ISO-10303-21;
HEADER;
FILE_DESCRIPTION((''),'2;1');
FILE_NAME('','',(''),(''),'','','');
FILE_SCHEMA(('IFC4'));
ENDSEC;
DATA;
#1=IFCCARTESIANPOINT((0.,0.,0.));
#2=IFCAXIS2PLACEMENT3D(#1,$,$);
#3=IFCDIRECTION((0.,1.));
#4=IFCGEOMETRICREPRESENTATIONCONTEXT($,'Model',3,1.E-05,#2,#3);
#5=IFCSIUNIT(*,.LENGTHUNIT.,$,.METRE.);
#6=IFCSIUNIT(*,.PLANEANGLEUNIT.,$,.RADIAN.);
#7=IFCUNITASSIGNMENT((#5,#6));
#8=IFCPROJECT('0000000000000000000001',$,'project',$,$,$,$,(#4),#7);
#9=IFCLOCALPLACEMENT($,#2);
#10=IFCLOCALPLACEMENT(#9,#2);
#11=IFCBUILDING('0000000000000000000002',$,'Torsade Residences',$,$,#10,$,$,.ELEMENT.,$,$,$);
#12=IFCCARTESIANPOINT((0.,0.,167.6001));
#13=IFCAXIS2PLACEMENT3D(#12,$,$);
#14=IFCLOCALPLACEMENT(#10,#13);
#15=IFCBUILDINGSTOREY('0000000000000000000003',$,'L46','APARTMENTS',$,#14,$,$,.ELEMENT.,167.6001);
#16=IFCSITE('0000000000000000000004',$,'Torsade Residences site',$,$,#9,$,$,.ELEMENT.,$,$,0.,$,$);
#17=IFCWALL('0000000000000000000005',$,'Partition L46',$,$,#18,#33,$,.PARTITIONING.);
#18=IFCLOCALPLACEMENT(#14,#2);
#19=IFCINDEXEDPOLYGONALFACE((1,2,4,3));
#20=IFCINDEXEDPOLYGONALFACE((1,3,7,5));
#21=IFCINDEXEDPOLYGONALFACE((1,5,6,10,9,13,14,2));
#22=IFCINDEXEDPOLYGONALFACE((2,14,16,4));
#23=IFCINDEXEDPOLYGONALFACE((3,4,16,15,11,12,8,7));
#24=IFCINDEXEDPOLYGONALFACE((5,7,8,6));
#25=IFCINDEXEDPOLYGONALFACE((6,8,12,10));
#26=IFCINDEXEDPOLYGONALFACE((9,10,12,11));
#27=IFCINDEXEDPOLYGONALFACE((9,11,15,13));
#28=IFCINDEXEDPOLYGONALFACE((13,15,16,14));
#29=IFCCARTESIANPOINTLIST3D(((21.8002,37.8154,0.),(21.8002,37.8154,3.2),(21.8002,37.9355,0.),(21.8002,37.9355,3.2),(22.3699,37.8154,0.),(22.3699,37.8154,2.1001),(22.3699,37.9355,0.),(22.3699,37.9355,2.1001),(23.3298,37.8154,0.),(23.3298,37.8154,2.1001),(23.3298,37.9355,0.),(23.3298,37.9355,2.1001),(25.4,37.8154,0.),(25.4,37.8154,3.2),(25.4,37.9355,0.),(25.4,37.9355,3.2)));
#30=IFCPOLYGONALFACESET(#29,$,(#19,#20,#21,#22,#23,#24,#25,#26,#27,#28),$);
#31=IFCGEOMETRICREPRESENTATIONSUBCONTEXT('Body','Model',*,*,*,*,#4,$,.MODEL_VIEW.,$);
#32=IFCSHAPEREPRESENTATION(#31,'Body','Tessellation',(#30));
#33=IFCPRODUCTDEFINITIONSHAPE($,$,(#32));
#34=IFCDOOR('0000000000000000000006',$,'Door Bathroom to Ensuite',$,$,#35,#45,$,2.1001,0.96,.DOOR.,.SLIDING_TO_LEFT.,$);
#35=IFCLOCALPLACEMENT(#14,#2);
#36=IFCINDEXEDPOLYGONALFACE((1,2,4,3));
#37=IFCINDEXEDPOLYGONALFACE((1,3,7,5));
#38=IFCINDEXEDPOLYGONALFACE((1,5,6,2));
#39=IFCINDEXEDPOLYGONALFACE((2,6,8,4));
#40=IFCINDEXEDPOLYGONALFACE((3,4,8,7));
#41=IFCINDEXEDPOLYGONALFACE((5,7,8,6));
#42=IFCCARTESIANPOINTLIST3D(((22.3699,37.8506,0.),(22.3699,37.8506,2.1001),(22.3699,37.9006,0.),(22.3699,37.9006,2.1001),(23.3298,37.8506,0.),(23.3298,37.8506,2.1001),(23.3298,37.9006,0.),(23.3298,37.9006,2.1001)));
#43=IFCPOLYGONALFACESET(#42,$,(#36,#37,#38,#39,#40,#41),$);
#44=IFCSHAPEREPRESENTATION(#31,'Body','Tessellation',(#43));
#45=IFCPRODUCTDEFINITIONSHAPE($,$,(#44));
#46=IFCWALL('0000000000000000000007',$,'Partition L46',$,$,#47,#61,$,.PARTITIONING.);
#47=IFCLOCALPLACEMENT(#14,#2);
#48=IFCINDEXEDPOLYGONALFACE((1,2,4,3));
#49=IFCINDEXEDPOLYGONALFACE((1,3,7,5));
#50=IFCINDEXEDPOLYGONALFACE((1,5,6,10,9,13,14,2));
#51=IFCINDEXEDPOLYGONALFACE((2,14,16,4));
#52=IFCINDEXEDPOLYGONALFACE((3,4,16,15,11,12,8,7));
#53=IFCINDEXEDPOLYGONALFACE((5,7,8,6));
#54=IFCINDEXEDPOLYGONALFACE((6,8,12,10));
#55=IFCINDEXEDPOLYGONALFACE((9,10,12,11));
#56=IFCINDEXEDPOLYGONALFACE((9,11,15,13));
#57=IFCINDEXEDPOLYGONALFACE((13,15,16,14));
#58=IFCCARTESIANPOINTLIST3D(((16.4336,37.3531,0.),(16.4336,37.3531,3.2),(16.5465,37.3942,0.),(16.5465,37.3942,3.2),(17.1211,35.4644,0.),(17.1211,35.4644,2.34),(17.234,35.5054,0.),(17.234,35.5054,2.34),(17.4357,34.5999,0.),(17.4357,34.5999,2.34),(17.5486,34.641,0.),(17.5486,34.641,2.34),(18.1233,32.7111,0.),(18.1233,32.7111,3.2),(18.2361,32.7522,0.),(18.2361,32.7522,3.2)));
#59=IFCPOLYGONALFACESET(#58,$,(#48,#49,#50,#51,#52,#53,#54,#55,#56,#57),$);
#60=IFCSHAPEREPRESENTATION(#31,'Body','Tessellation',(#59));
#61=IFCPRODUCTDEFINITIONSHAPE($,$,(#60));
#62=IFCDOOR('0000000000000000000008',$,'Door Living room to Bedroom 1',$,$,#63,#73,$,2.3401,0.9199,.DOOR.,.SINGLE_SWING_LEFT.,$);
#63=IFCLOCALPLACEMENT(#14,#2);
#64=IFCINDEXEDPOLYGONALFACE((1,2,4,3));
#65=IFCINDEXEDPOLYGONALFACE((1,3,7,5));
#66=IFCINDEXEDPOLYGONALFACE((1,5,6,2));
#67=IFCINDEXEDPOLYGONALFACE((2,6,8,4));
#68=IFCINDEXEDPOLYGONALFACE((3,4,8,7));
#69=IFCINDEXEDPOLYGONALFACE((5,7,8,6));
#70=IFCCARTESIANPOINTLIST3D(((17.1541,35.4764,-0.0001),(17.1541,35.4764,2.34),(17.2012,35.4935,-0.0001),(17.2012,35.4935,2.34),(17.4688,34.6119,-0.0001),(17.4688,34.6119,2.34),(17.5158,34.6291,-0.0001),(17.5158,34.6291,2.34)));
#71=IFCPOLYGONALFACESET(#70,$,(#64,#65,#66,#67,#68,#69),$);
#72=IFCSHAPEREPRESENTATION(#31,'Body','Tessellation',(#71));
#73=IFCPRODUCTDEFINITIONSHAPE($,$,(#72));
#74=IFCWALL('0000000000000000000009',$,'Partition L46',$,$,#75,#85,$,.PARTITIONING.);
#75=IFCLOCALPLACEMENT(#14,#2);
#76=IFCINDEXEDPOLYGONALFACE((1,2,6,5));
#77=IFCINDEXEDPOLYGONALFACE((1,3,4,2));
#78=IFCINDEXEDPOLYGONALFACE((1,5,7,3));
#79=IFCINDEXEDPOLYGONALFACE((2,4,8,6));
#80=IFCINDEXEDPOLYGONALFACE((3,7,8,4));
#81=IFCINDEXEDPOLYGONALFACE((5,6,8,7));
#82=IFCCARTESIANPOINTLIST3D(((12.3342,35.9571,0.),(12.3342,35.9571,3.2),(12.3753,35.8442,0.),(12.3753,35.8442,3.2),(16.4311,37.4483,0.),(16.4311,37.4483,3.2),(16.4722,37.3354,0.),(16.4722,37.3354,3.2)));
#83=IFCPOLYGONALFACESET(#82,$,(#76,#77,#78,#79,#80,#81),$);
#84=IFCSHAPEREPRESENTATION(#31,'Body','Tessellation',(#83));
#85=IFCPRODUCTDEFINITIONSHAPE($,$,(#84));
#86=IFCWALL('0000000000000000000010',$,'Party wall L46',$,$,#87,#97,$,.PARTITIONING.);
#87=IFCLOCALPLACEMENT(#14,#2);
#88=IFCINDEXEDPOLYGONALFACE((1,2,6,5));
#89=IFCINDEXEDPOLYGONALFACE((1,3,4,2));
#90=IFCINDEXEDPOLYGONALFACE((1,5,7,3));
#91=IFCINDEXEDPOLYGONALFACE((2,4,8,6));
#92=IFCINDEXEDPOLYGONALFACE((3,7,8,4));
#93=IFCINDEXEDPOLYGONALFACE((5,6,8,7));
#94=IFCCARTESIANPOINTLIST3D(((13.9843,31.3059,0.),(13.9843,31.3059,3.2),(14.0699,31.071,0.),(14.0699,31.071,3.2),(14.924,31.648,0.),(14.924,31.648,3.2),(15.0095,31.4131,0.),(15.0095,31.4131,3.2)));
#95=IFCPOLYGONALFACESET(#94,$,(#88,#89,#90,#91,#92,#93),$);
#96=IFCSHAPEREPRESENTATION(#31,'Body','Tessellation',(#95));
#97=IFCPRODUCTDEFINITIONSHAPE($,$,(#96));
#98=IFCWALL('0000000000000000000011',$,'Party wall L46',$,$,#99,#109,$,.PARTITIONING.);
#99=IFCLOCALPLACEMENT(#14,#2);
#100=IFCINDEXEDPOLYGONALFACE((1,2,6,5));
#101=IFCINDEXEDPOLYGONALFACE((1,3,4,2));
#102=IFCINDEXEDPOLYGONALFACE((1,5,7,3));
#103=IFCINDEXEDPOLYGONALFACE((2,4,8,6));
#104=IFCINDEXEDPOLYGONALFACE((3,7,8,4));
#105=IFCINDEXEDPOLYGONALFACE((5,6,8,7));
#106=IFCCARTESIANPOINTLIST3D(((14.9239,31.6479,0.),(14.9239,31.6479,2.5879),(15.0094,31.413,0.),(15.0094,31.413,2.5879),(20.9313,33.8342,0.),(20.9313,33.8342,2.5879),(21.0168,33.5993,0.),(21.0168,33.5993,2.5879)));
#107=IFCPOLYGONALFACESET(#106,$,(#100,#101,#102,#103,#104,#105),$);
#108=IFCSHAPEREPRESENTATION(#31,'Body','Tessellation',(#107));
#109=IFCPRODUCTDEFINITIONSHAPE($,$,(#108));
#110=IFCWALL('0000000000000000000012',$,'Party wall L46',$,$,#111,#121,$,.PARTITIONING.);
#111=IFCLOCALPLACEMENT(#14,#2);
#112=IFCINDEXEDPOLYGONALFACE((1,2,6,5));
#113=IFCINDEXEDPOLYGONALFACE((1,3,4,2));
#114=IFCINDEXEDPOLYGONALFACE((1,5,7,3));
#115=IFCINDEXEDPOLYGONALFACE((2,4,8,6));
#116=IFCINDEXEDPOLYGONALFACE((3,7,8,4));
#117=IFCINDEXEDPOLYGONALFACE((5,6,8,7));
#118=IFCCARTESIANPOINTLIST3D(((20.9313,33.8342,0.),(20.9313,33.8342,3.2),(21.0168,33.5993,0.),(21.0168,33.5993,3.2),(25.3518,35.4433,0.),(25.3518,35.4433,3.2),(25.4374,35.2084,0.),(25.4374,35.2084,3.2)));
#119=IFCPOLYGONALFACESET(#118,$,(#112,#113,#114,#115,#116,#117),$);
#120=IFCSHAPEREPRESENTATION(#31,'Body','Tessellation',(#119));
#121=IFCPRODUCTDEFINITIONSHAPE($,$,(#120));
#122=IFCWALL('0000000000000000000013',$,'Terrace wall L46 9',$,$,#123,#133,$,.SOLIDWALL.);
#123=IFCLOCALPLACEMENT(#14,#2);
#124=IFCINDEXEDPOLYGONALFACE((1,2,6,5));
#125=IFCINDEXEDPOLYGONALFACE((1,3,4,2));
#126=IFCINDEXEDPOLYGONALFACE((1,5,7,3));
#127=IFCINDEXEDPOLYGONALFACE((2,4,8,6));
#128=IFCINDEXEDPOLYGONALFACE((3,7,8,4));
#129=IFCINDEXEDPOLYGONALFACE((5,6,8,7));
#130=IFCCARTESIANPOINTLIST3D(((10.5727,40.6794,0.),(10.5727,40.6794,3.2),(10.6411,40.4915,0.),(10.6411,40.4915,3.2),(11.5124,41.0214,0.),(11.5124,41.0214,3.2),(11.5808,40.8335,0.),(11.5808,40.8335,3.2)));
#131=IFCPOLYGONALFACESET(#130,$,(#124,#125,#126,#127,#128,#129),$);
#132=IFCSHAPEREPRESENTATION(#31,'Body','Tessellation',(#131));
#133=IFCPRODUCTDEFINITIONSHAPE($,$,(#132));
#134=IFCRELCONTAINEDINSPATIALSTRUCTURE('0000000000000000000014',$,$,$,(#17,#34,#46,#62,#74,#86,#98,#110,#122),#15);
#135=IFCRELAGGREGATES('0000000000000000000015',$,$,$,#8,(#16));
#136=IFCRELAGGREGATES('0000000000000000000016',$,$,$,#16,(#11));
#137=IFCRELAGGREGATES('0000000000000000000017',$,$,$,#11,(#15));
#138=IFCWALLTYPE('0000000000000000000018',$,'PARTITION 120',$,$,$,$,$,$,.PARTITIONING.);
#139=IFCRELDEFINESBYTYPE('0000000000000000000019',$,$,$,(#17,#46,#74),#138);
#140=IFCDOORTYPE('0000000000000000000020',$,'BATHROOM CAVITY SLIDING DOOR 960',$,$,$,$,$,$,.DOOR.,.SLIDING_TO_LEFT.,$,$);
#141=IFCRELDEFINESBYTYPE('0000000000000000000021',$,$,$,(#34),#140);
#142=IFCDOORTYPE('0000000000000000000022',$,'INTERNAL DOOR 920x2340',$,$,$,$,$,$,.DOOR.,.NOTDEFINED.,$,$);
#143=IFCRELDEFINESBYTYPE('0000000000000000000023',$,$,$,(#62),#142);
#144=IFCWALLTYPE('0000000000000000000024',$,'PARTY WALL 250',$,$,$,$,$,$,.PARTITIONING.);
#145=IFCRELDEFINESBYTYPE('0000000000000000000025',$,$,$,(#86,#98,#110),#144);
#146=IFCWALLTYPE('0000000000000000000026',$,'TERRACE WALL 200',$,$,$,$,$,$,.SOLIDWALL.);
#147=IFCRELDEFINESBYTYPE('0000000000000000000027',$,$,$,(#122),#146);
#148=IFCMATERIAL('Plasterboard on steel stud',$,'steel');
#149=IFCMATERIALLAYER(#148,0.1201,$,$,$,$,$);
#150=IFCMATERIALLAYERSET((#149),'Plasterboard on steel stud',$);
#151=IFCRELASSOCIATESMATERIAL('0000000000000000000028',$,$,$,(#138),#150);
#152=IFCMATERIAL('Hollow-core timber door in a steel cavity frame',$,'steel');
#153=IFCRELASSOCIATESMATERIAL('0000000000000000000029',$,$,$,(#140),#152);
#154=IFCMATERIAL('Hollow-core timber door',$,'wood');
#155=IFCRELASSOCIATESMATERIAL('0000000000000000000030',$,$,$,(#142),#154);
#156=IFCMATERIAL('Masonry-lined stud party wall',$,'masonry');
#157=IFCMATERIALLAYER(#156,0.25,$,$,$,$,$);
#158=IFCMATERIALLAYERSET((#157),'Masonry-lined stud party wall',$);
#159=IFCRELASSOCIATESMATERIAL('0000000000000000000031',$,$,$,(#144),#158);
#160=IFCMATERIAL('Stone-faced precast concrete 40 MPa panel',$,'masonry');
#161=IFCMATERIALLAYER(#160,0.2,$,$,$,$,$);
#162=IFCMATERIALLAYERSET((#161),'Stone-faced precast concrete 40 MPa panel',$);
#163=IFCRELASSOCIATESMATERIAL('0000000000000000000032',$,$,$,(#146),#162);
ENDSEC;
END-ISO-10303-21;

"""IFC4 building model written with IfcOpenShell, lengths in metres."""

from ifc_helpers import new_model, si_unit, direction, frame, frame_2d, origin, place, context, subcontext, project, spatial, rectangle, extrude, material, layer, layer_set, type_object, element, fill, save


model = new_model("IFC4")

# Units and contexts
model_context = context("Model", 3, precision=1e-05, world=origin(), true_north=direction((0.0, 1.0)))
body_context = subcontext(model_context, "Body", "Model", "MODEL_VIEW")
ifc_project = project(units=[si_unit("LENGTHUNIT", "METRE"), si_unit("PLANEANGLEUNIT", "RADIAN")], contexts=[model_context])

# Site, building, storey
site_placement = place(None, origin())
site = spatial("IfcSite", under=ifc_project, at=site_placement, Name="Torsade Residences site", CompositionType="ELEMENT", RefElevation=0.0)
building_placement = place(site_placement, origin())
building = spatial("IfcBuilding", under=site, at=building_placement, Name="Torsade Residences", CompositionType="ELEMENT")
storey_placement = place(building_placement, frame((0.0, 0.0, 167.6001)))
storey = spatial("IfcBuildingStorey", under=building, at=storey_placement, Name="L46", Description="APARTMENTS", CompositionType="ELEMENT", Elevation=167.6001)

# Walls, openings, doors
ifc_material_1 = material(Name="Plasterboard on steel stud", Category="steel")
ifc_layer_1 = layer(ifc_material_1, 0.1201)
ifc_layer_set_1 = layer_set([ifc_layer_1], Name="Plasterboard on steel stud")
wall_type_1 = type_object("IfcWallType", Name="PARTITION 120", PredefinedType="PARTITIONING", material=ifc_layer_set_1)
wall_1_placement = place(storey_placement, frame((25.3999, 37.8755, 0.0), z_axis=(0.0, 0.0, 1.0), x_axis=(-1.0, 0.0, 0.0)))
wall_1 = element("IfcWall", 1, at=wall_1_placement, inside=storey, type_object=wall_type_1, Name="Partition L46", PredefinedType="PARTITIONING", context=body_context, shape_type="SweptSolid", body=[
    extrude(rectangle(XDim=3.5999, YDim=0.1201, at=frame_2d((1.7998, 0.0))), origin(), (0.0, 0.0, 1.0), 3.2),
])
opening_1_placement = place(wall_1_placement, frame((2.0701, 0.0, 0.0)))
opening_1 = element("IfcOpeningElement", 2, at=opening_1_placement, cuts=wall_1, PredefinedType="OPENING", context=body_context, shape_type="SweptSolid", body=[
    extrude(rectangle(XDim=0.96, YDim=2.1001, at=frame_2d((0.48, 1.05))), frame((0.0, 0.0701, 0.0), z_axis=(0.0, -1.0, 0.0), x_axis=(1.0, 0.0, 0.0)), (0.0, 0.0, 1.0), 0.1401),
])
ifc_material_2 = material(Name="Hollow-core timber door in a steel cavity frame", Category="steel")
door_type_1 = type_object("IfcDoorType", Name="BATHROOM CAVITY SLIDING DOOR 960", OperationType="SLIDING_TO_LEFT", PredefinedType="DOOR", material=ifc_material_2)
door_1_placement = place(opening_1_placement, origin())
door_1 = element("IfcDoor", 3, at=door_1_placement, inside=storey, type_object=door_type_1, Name="Door Bathroom to Ensuite", OperationType="SLIDING_TO_LEFT", OverallHeight=2.1001, OverallWidth=0.96, PredefinedType="DOOR", context=body_context, shape_type="SweptSolid", body=[
    extrude(rectangle(XDim=0.96, YDim=2.1001, at=frame_2d((0.48, 1.05))), frame((0.0, 0.0249, 0.0), z_axis=(0.0, -1.0, 0.0), x_axis=(1.0, 0.0, 0.0)), (0.0, 0.0, 1.0), 0.05),
])
fill(opening_1, door_1)
wall_2_placement = place(storey_placement, frame((18.1797, 32.7317, 0.0), z_axis=(0.0, 0.0, 1.0), x_axis=(-0.342041, 0.939685, 0.0)))
wall_2 = element("IfcWall", 4, at=wall_2_placement, inside=storey, type_object=wall_type_1, Name="Partition L46", PredefinedType="PARTITIONING", context=body_context, shape_type="SweptSolid", body=[
    extrude(rectangle(XDim=4.9399, YDim=0.1201, at=frame_2d((2.47, 0.0))), origin(), (0.0, 0.0, 1.0), 3.2),
])
opening_2_placement = place(wall_2_placement, frame((2.01, 0.0, 0.0)))
opening_2 = element("IfcOpeningElement", 5, at=opening_2_placement, cuts=wall_2, PredefinedType="OPENING", context=body_context, shape_type="SweptSolid", body=[
    extrude(rectangle(XDim=0.9199, YDim=2.3401, at=frame_2d((0.46, 1.1699))), frame((0.0, 0.0701, 0.0), z_axis=(0.0, -1.0, 0.0), x_axis=(1.0, 0.0, 0.0)), (0.0, 0.0, 1.0), 0.1401),
])
ifc_material_3 = material(Name="Hollow-core timber door", Category="wood")
door_type_2 = type_object("IfcDoorType", Name="INTERNAL DOOR 920x2340", OperationType="NOTDEFINED", PredefinedType="DOOR", material=ifc_material_3)
door_2_placement = place(opening_2_placement, origin())
door_2 = element("IfcDoor", 6, at=door_2_placement, inside=storey, type_object=door_type_2, Name="Door Living room to Bedroom 1", OperationType="SINGLE_SWING_LEFT", OverallHeight=2.3401, OverallWidth=0.9199, PredefinedType="DOOR", context=body_context, shape_type="SweptSolid", body=[
    extrude(rectangle(XDim=0.9199, YDim=2.3401, at=frame_2d((0.46, 1.1699))), frame((0.0, 0.0249, 0.0), z_axis=(0.0, -1.0, 0.0), x_axis=(1.0, 0.0, 0.0)), (0.0, 0.0, 1.0), 0.05),
])
fill(opening_2, door_2)

# Walls
wall_3_placement = place(storey_placement, frame((16.4517, 37.3918, 0.0), z_axis=(0.0, 0.0, 1.0), x_axis=(-0.939689, -0.342031, 0.0)))
element("IfcWall", 7, at=wall_3_placement, inside=storey, type_object=wall_type_1, Name="Partition L46", PredefinedType="PARTITIONING", context=body_context, shape_type="SweptSolid", body=[
    extrude(rectangle(XDim=4.3599, YDim=0.1201, at=frame_2d((2.1799, 0.0))), origin(), (0.0, 0.0, 1.0), 3.2),
])
ifc_material_4 = material(Name="Masonry-lined stud party wall", Category="masonry")
ifc_layer_2 = layer(ifc_material_4, 0.25)
ifc_layer_set_2 = layer_set([ifc_layer_2], Name="Masonry-lined stud party wall")
wall_type_2 = type_object("IfcWallType", Name="PARTY WALL 250", PredefinedType="PARTITIONING", material=ifc_layer_set_2)
wall_4_placement = place(storey_placement, frame((14.0271, 31.1885, 0.0), z_axis=(0.0, 0.0, 1.0), x_axis=(0.939686, 0.342037, 0.0)))
element("IfcWall", 8, at=wall_4_placement, inside=storey, type_object=wall_type_2, Name="Party wall L46", PredefinedType="PARTITIONING", context=body_context, shape_type="SweptSolid", body=[
    extrude(rectangle(XDim=1.0, YDim=0.25, at=frame_2d((0.5, 0.0))), origin(), (0.0, 0.0, 1.0), 3.2),
])
wall_5_placement = place(storey_placement, frame((14.9668, 31.5305, 0.0), z_axis=(0.0, 0.0, 1.0), x_axis=(0.939703, 0.341991, 0.0)))
element("IfcWall", 9, at=wall_5_placement, inside=storey, type_object=wall_type_2, Name="Party wall L46", PredefinedType="PARTITIONING", context=body_context, shape_type="SweptSolid", body=[
    extrude(rectangle(XDim=6.3928, YDim=0.25, at=frame_2d((3.1963, 0.0))), origin(), (0.0, 0.0, 1.0), 2.5879),
])
wall_6_placement = place(storey_placement, frame((20.9741, 33.7168, 0.0), z_axis=(0.0, 0.0, 1.0), x_axis=(0.939683, 0.342047, 0.0)))
element("IfcWall", 10, at=wall_6_placement, inside=storey, type_object=wall_type_2, Name="Party wall L46", PredefinedType="PARTITIONING", context=body_context, shape_type="SweptSolid", body=[
    extrude(rectangle(XDim=4.7043, YDim=0.25, at=frame_2d((2.3521, 0.0))), origin(), (0.0, 0.0, 1.0), 3.2),
])
ifc_material_5 = material(Name="Stone-faced precast concrete 40 MPa panel", Category="masonry")
ifc_layer_3 = layer(ifc_material_5, 0.2)
ifc_layer_set_3 = layer_set([ifc_layer_3], Name="Stone-faced precast concrete 40 MPa panel")
wall_type_3 = type_object("IfcWallType", Name="TERRACE WALL 200", PredefinedType="SOLIDWALL", material=ifc_layer_set_3)
wall_7_placement = place(storey_placement, frame((11.5466, 40.9275, 0.0), z_axis=(0.0, 0.0, 1.0), x_axis=(-0.939686, -0.342037, 0.0)))
element("IfcWall", 11, at=wall_7_placement, inside=storey, type_object=wall_type_3, Name="Terrace wall L46 9", PredefinedType="SOLIDWALL", context=body_context, shape_type="SweptSolid", body=[
    extrude(rectangle(XDim=1.0, YDim=0.2, at=frame_2d((0.5, 0.0))), origin(), (0.0, 0.0, 1.0), 3.2),
])

save(model, "model.ifc")
